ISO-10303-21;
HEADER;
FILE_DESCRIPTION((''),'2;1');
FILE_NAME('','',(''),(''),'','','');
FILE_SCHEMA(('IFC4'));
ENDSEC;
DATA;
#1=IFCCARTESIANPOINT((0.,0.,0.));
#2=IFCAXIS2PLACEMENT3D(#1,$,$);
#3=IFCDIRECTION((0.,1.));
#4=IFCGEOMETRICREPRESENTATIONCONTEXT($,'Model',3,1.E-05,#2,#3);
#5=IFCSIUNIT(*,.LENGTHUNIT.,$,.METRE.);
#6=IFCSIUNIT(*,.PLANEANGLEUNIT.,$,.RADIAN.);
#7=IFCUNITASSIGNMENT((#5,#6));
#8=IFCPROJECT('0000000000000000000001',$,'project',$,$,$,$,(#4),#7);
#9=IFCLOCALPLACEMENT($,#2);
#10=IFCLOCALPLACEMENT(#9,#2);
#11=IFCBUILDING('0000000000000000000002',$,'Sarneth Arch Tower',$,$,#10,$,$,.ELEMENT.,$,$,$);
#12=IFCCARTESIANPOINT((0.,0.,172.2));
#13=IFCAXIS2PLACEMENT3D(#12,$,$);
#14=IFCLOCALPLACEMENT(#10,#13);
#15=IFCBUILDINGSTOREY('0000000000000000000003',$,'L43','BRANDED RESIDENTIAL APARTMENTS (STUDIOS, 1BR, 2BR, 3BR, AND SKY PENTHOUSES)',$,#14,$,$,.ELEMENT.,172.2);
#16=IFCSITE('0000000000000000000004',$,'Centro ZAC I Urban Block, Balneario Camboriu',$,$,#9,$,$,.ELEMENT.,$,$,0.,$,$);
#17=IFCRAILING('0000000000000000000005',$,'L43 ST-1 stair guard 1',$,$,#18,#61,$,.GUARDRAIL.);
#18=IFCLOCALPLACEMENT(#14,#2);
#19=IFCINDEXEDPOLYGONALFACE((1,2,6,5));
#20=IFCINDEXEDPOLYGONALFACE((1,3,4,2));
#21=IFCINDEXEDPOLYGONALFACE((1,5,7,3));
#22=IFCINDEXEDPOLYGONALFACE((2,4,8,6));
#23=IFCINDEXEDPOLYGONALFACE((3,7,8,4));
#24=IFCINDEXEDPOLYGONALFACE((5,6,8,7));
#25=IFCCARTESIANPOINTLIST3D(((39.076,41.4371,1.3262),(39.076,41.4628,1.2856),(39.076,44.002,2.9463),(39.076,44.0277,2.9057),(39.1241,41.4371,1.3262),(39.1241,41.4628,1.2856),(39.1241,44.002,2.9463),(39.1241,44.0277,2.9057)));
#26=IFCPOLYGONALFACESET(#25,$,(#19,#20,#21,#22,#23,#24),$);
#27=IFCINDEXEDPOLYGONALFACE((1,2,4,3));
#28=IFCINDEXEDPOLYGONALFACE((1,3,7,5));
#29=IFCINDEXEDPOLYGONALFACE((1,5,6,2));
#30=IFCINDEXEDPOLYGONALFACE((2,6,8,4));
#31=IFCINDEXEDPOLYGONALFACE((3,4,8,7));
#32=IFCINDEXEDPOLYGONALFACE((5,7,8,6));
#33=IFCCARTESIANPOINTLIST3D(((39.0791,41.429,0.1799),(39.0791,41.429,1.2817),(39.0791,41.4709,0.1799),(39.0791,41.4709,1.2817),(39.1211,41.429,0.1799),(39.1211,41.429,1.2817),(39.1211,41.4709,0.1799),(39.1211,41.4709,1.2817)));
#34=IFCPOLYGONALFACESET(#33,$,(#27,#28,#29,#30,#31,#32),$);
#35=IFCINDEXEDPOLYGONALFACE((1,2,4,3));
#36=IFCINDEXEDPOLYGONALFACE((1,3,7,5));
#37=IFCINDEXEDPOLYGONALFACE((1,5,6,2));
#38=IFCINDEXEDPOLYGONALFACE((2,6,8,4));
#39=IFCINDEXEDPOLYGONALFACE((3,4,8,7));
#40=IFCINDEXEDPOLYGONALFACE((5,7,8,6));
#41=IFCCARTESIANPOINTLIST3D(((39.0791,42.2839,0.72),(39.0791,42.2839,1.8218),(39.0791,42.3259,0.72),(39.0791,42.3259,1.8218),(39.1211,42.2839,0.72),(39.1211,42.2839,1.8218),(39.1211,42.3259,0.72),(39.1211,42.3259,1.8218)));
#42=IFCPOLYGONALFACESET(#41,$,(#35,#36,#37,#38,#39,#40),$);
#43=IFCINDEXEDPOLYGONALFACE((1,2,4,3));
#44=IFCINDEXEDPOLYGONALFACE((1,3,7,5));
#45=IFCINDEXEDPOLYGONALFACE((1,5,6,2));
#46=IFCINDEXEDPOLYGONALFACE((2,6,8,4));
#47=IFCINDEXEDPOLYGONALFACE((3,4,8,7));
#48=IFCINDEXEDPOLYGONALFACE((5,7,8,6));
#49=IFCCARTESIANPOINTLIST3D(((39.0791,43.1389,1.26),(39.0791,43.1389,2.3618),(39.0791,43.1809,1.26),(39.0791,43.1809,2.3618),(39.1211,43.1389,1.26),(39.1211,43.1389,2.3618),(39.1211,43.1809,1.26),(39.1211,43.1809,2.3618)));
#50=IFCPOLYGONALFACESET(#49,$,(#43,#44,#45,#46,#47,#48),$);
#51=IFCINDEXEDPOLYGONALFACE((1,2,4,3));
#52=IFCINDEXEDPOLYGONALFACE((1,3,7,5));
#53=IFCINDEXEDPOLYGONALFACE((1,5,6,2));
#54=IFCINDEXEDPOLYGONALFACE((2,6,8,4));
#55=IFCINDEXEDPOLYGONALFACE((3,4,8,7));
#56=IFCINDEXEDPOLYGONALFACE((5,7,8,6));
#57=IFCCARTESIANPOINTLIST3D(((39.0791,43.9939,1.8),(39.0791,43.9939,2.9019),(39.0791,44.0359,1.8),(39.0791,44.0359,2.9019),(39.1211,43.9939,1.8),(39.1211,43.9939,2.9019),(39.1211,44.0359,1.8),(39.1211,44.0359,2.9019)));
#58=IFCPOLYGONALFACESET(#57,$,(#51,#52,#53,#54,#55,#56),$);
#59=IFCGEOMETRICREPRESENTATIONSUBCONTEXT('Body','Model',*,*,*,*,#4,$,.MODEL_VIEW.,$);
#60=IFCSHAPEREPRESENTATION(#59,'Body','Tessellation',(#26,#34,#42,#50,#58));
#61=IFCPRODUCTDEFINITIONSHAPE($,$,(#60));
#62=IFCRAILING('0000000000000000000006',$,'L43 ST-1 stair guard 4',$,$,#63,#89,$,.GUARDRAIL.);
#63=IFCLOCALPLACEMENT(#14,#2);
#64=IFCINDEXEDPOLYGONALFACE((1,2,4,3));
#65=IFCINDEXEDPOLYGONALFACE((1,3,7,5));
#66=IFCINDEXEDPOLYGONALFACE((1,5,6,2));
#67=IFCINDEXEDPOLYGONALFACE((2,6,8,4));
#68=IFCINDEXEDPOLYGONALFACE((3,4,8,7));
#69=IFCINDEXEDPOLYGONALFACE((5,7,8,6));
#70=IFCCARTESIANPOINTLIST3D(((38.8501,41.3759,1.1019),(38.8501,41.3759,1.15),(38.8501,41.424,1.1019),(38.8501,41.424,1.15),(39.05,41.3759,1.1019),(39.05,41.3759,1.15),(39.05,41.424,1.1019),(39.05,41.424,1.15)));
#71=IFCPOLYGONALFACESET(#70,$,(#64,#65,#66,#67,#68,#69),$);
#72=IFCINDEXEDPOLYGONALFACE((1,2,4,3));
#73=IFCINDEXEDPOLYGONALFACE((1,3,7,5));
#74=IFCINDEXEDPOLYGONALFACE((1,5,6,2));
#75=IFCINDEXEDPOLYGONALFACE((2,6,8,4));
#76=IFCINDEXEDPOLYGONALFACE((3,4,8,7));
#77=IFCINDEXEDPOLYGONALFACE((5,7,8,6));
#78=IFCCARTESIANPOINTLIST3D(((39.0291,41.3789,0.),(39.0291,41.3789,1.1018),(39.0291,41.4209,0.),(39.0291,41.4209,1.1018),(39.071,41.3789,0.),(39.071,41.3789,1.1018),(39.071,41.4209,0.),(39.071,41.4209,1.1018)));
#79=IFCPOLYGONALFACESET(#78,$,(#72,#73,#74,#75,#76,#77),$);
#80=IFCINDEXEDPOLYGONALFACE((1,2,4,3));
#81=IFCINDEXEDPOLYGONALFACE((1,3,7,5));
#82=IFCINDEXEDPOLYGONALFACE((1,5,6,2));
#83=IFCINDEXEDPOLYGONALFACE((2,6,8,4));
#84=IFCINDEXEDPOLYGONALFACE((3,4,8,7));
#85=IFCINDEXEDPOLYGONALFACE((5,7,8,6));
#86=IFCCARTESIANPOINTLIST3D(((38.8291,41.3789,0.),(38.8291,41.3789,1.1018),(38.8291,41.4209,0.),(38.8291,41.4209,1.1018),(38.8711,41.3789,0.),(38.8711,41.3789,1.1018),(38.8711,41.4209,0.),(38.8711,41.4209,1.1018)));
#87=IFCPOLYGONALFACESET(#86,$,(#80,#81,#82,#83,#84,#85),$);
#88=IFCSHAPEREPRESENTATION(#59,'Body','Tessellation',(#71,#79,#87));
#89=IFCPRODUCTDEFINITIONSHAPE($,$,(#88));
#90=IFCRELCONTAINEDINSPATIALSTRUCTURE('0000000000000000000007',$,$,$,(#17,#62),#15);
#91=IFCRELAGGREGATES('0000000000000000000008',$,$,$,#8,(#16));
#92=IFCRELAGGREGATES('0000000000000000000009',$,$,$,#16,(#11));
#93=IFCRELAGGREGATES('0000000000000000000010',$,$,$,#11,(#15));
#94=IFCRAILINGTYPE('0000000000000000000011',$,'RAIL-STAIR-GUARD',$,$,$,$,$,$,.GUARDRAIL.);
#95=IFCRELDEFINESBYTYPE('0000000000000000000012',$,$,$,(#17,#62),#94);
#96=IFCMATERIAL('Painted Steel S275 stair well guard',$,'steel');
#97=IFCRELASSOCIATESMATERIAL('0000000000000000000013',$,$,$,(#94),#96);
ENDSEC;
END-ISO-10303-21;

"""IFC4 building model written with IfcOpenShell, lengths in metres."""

from ifc_helpers import new_model, si_unit, direction, frame, origin, origin_2d, place, context, subcontext, project, spatial, rectangle, extrude, material, type_object, element, save


model = new_model("IFC4")

# Units and contexts
model_context = context("Model", 3, precision=1e-05, world=origin(), true_north=direction((0.0, 1.0)))
body_context = subcontext(model_context, "Body", "Model", "MODEL_VIEW")
ifc_project = project(units=[si_unit("LENGTHUNIT", "METRE"), si_unit("PLANEANGLEUNIT", "RADIAN")], contexts=[model_context])

# Site, building, storey
site_placement = place(None, origin())
site = spatial("IfcSite", under=ifc_project, at=site_placement, Name="Centro ZAC I Urban Block, Balneario Camboriu", CompositionType="ELEMENT", RefElevation=0.0)
building_placement = place(site_placement, origin())
building = spatial("IfcBuilding", under=site, at=building_placement, Name="Sarneth Arch Tower", CompositionType="ELEMENT")
storey_placement = place(building_placement, frame((0.0, 0.0, 172.2)))
storey = spatial("IfcBuildingStorey", under=building, at=storey_placement, Name="L43", Description="BRANDED RESIDENTIAL APARTMENTS (STUDIOS, 1BR, 2BR, 3BR, AND SKY PENTHOUSES)", CompositionType="ELEMENT", Elevation=172.2)

# Railings
ifc_material_1 = material(Name="Painted Steel S275 stair well guard", Category="steel")
railing_type_1 = type_object("IfcRailingType", Name="RAIL-STAIR-GUARD", PredefinedType="GUARDRAIL", material=ifc_material_1)
railing_1_placement = place(storey_placement, frame((39.1001, 41.45, 0.1799)))
element("IfcRailing", 1, at=railing_1_placement, inside=storey, type_object=railing_type_1, Name="L43 ST-1 stair guard 1", PredefinedType="GUARDRAIL", context=body_context, shape_type="SweptSolid", body=[
    extrude(rectangle(XDim=0.0481, YDim=0.0481, at=origin_2d()), frame((0.0, 0.0, 1.126), z_axis=(0.0, 0.845466, 0.534029), x_axis=(-1.0, 0.0, 0.0)), (0.0, 0.0, 1.0), 3.0337),
    extrude(rectangle(XDim=0.042, YDim=0.042, at=origin_2d()), origin(), (0.0, 0.0, 1.0), 1.1018),
    extrude(rectangle(XDim=0.042, YDim=0.042, at=origin_2d()), frame((0.0, 0.855, 0.54)), (0.0, 0.0, 1.0), 1.1018),
    extrude(rectangle(XDim=0.042, YDim=0.042, at=origin_2d()), frame((0.0, 1.71, 1.0801)), (0.0, 0.0, 1.0), 1.1018),
    extrude(rectangle(XDim=0.042, YDim=0.042, at=origin_2d()), frame((0.0, 2.5649, 1.6201)), (0.0, 0.0, 1.0), 1.1018),
])
railing_2_placement = place(storey_placement, frame((39.05, 41.3999, 0.0)))
element("IfcRailing", 2, at=railing_2_placement, inside=storey, type_object=railing_type_1, Name="L43 ST-1 stair guard 4", PredefinedType="GUARDRAIL", context=body_context, shape_type="SweptSolid", body=[
    extrude(rectangle(XDim=0.0481, YDim=0.0481, at=origin_2d()), frame((0.0, 0.0, 1.126), z_axis=(-1.0, 0.0, 0.0), x_axis=(0.0, -1.0, 0.0)), (0.0, 0.0, 1.0), 0.2),
    extrude(rectangle(XDim=0.042, YDim=0.042, at=origin_2d()), origin(), (0.0, 0.0, 1.0), 1.1018),
    extrude(rectangle(XDim=0.042, YDim=0.042, at=origin_2d()), frame((-0.2, 0.0, 0.0)), (0.0, 0.0, 1.0), 1.1018),
])

save(model, "model.ifc")
